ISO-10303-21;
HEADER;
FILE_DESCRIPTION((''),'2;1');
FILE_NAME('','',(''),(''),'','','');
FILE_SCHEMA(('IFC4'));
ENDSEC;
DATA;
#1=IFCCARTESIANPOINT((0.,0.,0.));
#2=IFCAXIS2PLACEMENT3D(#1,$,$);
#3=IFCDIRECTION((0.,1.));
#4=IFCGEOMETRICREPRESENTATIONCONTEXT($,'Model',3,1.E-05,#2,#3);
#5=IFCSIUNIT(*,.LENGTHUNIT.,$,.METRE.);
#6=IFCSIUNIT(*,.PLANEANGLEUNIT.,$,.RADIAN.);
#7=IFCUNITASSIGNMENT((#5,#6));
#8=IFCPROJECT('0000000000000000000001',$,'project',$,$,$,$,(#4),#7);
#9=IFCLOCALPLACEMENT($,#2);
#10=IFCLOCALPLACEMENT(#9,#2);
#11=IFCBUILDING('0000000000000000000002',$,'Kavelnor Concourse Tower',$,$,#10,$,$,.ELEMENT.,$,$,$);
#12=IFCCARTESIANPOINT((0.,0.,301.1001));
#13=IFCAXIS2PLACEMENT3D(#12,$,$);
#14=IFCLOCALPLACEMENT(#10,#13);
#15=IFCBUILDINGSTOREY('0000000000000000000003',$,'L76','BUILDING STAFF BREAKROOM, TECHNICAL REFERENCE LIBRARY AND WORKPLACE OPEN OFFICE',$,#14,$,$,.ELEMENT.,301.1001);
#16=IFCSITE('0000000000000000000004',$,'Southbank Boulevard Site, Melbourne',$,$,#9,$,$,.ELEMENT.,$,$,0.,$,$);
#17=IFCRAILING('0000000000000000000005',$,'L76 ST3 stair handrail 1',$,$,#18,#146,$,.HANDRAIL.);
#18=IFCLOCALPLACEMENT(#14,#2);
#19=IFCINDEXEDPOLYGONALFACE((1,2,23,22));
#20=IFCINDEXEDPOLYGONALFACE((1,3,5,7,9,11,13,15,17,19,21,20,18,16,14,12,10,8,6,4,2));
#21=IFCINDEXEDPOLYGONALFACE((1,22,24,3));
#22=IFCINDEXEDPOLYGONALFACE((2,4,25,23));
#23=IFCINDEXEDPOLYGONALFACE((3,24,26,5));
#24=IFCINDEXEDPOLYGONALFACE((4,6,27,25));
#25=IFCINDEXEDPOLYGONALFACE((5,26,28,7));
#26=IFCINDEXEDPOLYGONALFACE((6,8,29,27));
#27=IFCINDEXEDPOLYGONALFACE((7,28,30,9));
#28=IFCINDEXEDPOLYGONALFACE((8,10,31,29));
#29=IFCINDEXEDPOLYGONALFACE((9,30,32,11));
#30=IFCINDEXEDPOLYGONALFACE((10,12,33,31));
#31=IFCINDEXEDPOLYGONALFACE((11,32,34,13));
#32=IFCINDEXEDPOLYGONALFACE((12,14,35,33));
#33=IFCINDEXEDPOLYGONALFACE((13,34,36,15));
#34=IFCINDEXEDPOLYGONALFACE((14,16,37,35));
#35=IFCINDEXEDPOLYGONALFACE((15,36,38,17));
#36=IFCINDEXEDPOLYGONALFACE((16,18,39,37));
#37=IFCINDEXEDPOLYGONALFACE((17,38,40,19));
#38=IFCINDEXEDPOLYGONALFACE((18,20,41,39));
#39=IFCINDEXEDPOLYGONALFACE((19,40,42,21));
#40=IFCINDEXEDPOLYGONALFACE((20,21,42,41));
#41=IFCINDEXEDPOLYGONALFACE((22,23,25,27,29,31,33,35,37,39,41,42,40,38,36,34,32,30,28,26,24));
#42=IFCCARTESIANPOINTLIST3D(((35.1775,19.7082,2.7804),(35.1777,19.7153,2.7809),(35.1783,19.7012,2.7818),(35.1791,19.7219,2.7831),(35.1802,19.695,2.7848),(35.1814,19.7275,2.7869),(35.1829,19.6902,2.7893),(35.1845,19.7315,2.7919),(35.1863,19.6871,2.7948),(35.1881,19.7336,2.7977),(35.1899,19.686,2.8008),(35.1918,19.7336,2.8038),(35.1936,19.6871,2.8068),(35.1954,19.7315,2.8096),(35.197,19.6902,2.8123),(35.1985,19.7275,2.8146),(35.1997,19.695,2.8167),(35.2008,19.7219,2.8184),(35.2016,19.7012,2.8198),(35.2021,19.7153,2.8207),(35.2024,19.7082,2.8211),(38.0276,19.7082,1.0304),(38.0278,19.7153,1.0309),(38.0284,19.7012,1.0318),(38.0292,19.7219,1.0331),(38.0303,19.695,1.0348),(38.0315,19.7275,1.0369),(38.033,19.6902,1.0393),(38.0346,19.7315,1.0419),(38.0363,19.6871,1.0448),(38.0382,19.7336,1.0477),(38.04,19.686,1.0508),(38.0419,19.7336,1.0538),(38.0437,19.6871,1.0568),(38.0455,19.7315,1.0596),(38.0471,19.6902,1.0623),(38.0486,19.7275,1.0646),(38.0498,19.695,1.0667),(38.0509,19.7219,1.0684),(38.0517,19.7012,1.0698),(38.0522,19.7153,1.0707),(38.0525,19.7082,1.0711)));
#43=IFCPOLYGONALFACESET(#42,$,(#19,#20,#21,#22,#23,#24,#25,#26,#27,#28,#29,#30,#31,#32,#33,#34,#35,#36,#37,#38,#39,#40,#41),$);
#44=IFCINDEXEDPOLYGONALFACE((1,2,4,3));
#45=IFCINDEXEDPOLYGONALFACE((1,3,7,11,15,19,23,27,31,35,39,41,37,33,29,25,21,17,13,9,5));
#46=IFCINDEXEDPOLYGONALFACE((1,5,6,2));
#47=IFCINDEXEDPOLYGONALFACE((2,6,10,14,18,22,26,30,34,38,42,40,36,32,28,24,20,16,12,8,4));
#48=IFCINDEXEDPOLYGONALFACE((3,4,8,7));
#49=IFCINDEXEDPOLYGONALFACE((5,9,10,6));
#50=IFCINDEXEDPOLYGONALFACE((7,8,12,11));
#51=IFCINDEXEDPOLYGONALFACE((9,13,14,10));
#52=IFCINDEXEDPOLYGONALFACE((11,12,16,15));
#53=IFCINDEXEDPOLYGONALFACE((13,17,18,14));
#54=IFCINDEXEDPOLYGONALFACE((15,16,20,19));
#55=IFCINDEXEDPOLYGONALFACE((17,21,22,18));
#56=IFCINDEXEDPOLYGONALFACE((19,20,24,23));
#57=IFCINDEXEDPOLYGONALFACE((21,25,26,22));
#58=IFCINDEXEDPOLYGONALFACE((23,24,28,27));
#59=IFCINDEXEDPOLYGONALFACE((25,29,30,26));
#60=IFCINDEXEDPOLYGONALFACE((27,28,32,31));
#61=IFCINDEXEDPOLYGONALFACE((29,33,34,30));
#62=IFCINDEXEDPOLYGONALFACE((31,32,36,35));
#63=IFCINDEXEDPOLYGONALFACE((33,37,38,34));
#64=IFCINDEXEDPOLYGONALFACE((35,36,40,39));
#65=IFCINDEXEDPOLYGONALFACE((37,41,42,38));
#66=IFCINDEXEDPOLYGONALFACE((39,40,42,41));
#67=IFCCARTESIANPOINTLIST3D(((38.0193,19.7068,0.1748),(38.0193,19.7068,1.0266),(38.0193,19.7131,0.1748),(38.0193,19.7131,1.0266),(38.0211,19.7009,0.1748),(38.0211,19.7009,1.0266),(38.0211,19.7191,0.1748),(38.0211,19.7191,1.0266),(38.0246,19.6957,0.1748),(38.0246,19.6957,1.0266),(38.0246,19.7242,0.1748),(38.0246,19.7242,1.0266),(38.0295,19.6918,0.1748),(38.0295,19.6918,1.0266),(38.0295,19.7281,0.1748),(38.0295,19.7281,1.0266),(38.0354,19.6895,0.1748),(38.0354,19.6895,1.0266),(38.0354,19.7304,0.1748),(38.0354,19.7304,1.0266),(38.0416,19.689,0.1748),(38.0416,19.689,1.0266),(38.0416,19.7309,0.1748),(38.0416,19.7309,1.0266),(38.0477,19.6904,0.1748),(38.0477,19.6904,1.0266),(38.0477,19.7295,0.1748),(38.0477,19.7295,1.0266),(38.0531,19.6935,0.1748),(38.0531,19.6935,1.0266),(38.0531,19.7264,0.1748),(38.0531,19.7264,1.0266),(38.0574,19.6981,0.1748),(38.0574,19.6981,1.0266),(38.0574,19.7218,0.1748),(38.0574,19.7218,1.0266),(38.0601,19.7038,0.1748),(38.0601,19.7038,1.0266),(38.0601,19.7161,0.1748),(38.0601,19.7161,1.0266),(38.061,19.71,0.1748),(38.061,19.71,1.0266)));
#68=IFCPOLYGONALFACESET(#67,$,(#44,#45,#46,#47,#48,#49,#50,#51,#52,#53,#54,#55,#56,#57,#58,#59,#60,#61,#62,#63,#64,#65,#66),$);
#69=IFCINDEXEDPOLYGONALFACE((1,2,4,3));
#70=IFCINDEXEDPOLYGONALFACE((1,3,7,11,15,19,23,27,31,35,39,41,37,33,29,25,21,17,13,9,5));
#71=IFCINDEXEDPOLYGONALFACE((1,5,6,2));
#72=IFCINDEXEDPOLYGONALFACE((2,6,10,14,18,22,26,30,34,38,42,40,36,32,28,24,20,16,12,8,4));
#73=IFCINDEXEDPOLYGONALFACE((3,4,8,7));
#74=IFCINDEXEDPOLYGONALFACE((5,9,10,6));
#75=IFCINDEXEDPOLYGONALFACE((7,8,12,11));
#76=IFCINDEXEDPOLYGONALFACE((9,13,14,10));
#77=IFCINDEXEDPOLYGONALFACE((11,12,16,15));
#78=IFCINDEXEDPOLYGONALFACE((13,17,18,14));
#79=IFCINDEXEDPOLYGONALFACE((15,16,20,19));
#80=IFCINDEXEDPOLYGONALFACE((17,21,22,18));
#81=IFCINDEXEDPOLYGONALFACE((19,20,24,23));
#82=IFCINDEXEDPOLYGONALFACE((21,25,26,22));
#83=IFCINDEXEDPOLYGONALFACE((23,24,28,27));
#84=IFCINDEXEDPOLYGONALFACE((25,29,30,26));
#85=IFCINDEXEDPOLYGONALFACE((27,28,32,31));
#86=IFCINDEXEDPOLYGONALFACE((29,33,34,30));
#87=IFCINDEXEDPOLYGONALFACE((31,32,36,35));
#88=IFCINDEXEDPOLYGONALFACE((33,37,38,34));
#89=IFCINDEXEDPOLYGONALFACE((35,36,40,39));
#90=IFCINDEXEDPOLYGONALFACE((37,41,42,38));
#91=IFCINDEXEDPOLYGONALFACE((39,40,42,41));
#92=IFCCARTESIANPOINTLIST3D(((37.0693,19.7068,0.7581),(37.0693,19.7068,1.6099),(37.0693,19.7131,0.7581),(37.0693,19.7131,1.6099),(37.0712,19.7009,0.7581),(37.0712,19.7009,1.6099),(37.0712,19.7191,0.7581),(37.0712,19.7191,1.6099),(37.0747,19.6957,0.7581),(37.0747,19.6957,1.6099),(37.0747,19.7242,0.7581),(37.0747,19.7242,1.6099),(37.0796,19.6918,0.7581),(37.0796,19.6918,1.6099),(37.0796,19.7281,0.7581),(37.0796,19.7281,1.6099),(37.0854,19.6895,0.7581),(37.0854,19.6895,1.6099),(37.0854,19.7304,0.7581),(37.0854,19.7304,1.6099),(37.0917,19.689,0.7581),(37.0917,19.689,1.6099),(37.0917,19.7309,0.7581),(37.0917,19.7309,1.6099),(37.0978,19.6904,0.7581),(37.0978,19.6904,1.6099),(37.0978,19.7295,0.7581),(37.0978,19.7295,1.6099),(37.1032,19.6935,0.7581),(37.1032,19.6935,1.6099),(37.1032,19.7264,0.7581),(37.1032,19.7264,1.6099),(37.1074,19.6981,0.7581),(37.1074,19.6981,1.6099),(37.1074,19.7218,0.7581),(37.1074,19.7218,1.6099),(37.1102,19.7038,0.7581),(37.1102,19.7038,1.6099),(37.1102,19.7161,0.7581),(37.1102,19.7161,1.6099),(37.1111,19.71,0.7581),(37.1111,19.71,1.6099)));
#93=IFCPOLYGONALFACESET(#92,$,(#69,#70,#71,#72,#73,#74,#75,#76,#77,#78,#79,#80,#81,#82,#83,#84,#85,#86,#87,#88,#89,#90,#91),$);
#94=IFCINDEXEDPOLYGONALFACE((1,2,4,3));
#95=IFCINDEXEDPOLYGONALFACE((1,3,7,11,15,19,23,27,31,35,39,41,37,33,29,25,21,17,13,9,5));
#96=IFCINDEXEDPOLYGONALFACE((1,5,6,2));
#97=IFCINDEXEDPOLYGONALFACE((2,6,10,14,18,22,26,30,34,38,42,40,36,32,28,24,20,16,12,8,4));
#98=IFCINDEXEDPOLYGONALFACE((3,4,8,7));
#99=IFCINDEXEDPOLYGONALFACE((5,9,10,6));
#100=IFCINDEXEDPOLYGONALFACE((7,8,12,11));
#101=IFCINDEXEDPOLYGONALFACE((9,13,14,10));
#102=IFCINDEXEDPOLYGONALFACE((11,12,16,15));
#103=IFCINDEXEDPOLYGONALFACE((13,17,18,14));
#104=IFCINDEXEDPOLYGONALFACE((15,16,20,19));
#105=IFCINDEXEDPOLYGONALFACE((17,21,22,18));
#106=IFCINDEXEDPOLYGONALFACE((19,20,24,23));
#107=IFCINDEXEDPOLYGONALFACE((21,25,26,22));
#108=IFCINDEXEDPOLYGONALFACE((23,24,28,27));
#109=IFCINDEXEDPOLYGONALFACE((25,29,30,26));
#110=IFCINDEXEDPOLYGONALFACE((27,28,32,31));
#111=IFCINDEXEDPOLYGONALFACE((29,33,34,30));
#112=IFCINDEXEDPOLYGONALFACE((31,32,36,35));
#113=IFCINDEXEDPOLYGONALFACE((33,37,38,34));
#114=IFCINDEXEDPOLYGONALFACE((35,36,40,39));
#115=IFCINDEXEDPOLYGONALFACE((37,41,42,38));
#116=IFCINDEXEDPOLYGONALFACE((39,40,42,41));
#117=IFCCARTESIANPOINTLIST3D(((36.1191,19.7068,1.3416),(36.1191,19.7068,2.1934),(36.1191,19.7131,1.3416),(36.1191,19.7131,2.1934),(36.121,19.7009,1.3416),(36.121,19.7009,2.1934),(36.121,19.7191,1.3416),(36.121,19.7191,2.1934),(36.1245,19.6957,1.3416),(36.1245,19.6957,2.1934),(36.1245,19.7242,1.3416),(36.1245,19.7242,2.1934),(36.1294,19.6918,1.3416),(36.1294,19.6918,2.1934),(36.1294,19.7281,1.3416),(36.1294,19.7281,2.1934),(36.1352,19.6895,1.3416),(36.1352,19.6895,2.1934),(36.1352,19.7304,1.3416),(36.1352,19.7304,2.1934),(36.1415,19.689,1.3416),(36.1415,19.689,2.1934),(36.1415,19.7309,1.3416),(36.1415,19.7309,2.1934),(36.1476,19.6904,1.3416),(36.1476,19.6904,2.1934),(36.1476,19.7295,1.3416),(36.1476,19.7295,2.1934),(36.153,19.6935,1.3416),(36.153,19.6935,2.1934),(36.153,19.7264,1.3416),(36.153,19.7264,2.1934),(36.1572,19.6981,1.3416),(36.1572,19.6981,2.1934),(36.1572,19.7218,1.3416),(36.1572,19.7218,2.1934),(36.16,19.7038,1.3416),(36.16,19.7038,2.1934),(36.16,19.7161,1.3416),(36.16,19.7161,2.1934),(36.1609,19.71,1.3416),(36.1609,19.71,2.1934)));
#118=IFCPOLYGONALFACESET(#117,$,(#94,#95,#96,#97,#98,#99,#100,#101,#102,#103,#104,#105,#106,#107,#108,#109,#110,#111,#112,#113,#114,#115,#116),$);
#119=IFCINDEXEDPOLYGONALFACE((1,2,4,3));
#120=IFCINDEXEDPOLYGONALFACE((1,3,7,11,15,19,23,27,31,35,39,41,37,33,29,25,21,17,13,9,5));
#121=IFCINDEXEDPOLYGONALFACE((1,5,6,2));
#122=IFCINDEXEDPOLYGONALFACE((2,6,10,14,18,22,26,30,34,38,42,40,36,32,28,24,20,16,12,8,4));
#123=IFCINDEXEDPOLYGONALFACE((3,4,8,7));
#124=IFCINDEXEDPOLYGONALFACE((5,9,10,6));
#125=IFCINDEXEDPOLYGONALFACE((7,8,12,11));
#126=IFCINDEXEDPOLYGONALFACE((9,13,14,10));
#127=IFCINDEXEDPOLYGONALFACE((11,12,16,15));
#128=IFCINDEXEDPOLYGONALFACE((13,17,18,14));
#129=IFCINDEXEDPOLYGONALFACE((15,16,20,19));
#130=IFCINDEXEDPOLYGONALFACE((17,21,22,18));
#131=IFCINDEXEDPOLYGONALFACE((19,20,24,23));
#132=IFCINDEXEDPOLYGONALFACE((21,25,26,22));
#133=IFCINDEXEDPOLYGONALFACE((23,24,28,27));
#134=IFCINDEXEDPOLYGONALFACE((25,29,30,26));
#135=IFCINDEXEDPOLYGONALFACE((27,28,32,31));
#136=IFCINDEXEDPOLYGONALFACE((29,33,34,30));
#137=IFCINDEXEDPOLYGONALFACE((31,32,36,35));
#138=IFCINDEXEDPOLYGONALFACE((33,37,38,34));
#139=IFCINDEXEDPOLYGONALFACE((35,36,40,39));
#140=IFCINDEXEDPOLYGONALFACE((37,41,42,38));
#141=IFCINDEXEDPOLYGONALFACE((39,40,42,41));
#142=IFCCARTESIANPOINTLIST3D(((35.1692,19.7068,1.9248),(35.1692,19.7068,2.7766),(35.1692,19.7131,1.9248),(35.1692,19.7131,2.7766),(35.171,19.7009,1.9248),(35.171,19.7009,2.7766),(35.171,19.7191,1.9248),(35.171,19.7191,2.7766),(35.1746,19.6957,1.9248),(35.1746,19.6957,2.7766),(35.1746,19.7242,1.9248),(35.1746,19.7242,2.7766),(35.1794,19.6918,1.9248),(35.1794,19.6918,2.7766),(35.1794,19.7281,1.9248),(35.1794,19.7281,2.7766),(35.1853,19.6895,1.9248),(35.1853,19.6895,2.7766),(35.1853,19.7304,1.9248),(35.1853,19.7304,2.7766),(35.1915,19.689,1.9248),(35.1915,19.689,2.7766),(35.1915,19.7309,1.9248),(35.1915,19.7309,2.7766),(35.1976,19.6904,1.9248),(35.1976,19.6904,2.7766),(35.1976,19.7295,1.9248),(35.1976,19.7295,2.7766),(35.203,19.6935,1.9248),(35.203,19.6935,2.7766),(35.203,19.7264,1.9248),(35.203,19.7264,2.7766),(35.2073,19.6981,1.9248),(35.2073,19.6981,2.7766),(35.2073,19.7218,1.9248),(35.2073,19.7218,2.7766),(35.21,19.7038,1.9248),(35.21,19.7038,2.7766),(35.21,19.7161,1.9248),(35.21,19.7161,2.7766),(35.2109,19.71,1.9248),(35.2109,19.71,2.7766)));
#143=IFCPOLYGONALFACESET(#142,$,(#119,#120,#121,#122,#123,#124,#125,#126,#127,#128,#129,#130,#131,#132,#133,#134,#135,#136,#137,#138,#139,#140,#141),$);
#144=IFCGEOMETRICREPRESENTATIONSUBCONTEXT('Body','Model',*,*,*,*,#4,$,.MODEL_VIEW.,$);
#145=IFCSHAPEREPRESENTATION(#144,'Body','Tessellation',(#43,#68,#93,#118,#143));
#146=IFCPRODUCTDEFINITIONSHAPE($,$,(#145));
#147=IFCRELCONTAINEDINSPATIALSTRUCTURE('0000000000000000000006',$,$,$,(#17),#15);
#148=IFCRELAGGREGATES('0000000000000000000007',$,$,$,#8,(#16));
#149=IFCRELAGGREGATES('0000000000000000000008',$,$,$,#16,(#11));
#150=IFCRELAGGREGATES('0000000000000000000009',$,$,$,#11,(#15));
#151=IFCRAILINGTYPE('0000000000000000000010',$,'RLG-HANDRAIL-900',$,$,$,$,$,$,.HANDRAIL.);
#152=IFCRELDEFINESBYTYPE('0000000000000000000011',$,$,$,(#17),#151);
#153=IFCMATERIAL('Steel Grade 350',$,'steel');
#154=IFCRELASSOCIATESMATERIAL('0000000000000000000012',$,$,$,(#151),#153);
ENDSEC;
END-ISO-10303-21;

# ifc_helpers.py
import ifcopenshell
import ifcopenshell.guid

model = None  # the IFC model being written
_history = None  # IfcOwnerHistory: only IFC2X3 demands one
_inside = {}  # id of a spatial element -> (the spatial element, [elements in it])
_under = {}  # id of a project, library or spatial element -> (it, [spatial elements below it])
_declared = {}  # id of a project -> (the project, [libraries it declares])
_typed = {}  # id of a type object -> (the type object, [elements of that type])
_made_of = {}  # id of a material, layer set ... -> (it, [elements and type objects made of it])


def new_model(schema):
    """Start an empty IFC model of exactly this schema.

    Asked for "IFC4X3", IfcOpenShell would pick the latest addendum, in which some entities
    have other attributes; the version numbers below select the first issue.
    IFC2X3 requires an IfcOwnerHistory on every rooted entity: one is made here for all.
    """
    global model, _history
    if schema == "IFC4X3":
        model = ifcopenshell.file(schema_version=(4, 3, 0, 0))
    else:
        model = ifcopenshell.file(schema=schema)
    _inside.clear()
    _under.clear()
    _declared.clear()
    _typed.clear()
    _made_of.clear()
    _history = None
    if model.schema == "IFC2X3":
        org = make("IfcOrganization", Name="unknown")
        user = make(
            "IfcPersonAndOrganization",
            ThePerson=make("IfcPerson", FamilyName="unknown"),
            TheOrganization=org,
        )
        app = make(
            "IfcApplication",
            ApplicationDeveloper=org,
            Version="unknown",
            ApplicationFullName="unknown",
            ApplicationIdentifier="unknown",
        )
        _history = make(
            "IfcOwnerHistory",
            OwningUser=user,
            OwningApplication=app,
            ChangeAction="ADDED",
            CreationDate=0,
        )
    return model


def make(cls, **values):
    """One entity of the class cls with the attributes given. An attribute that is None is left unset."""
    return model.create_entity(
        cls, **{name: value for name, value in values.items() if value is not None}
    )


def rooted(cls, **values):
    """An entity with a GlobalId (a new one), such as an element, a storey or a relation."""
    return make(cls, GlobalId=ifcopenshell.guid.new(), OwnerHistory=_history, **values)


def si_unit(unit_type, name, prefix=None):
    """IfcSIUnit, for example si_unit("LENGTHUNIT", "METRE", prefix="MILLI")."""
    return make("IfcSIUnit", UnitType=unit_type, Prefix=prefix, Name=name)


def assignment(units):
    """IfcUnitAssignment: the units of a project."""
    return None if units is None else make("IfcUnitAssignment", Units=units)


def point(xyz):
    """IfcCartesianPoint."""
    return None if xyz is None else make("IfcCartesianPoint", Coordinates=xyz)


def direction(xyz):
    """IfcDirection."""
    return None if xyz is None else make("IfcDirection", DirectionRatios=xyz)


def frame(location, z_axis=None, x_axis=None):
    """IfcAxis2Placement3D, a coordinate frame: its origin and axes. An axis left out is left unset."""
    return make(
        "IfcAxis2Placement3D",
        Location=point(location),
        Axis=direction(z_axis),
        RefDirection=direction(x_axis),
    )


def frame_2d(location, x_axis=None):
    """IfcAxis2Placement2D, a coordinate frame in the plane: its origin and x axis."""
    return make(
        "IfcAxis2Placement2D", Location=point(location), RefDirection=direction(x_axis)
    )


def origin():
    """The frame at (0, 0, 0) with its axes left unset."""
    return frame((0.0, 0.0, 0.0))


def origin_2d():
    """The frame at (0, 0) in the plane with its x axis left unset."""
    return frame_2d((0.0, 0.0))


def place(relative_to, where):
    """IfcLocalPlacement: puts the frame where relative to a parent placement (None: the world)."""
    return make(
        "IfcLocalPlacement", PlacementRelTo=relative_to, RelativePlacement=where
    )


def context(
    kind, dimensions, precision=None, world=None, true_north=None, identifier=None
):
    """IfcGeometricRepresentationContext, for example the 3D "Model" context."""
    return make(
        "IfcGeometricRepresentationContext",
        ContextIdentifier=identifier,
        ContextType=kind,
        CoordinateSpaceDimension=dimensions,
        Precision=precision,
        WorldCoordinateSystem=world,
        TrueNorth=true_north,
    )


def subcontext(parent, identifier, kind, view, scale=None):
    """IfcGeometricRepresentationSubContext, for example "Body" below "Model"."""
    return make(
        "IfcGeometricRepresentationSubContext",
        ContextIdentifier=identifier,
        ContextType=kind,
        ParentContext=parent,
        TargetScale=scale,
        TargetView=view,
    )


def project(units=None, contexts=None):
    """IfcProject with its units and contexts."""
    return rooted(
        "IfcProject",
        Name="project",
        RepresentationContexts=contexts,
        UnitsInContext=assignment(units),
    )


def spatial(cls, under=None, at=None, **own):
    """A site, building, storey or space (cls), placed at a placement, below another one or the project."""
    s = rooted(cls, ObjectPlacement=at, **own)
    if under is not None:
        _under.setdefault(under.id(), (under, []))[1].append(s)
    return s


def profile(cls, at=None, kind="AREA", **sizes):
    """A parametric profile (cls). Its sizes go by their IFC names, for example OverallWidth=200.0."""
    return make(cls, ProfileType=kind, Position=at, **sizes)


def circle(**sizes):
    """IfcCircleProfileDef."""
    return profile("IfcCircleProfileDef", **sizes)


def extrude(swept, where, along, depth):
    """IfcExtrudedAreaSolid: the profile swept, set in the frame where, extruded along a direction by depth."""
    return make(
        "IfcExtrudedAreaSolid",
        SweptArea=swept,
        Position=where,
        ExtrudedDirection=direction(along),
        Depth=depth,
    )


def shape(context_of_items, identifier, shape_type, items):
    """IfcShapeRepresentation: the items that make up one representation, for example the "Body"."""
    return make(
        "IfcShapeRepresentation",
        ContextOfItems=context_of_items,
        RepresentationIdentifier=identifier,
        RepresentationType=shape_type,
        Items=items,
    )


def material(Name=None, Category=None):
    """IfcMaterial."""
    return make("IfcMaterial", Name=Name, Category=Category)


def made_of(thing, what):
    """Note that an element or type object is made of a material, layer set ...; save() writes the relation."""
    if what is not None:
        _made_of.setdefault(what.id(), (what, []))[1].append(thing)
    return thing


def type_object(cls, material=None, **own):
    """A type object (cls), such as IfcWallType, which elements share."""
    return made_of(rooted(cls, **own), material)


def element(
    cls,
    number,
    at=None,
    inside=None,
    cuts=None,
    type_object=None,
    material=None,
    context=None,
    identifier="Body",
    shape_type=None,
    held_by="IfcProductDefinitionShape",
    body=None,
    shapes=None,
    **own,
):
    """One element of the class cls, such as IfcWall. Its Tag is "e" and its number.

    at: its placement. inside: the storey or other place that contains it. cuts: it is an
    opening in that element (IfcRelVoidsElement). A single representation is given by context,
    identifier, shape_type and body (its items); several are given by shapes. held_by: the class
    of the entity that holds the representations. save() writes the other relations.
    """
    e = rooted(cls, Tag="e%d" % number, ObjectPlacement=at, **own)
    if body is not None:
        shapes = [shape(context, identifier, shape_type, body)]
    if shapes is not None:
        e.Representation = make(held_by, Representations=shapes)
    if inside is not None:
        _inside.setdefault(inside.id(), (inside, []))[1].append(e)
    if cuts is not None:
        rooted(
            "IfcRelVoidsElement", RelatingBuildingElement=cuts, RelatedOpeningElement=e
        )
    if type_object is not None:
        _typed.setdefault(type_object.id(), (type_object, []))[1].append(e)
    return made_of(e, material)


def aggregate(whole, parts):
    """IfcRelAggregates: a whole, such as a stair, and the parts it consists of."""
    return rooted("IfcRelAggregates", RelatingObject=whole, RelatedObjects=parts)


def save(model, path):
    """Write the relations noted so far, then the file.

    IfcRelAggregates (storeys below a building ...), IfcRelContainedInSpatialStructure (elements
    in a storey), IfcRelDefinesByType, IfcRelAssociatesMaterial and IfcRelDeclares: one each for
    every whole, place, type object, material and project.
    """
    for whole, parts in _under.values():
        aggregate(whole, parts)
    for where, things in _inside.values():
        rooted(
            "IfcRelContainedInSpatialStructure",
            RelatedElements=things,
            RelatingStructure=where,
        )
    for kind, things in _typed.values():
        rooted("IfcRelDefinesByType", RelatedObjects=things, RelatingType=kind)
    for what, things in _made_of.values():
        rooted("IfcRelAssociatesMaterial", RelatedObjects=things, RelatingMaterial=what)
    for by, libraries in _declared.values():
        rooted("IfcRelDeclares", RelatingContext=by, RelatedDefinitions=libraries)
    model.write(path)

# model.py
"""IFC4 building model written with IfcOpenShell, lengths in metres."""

from ifc_helpers import new_model, si_unit, direction, frame, origin, origin_2d, place, context, subcontext, project, spatial, circle, extrude, material, type_object, element, save


model = new_model("IFC4")

# Units and contexts
model_context = context("Model", 3, precision=1e-05, world=origin(), true_north=direction((0.0, 1.0)))
body_context = subcontext(model_context, "Body", "Model", "MODEL_VIEW")
ifc_project = project(units=[si_unit("LENGTHUNIT", "METRE"), si_unit("PLANEANGLEUNIT", "RADIAN")], contexts=[model_context])

# Site, building, storey
site_placement = place(None, origin())
site = spatial("IfcSite", under=ifc_project, at=site_placement, Name="Southbank Boulevard Site, Melbourne", CompositionType="ELEMENT", RefElevation=0.0)
building_placement = place(site_placement, origin())
building = spatial("IfcBuilding", under=site, at=building_placement, Name="Kavelnor Concourse Tower", CompositionType="ELEMENT")
storey_placement = place(building_placement, frame((0.0, 0.0, 301.1001)))
storey = spatial("IfcBuildingStorey", under=building, at=storey_placement, Name="L76", Description="BUILDING STAFF BREAKROOM, TECHNICAL REFERENCE LIBRARY AND WORKPLACE OPEN OFFICE", CompositionType="ELEMENT", Elevation=301.1001)

# Shared definitions
ifc_material_1 = material(Name="Steel Grade 350", Category="steel")

# Railing
railing_type_1 = type_object("IfcRailingType", Name="RLG-HANDRAIL-900", PredefinedType="HANDRAIL", material=ifc_material_1)
railing_1_placement = place(storey_placement, frame((38.04, 19.71, 0.1748)))
element("IfcRailing", 1, at=railing_1_placement, inside=storey, type_object=railing_type_1, Name="L76 ST3 stair handrail 1", PredefinedType="HANDRAIL", context=body_context, shape_type="SweptSolid", body=[
    extrude(circle(Radius=0.0239, at=origin_2d()), frame((0.0, 0.0, 0.876), z_axis=(-0.852179, 0.0, 0.52325), x_axis=(0.0, -1.0, 0.0)), (0.0, 0.0, 1.0), 3.3445),
    extrude(circle(Radius=0.021, at=origin_2d()), origin(), (0.0, 0.0, 1.0), 0.8518),
    extrude(circle(Radius=0.021, at=origin_2d()), frame((-0.95, 0.0, 0.5833)), (0.0, 0.0, 1.0), 0.8518),
    extrude(circle(Radius=0.021, at=origin_2d()), frame((-1.9001, 0.0, 1.1667)), (0.0, 0.0, 1.0), 0.8518),
    extrude(circle(Radius=0.021, at=origin_2d()), frame((-2.8501, 0.0, 1.75)), (0.0, 0.0, 1.0), 0.8518),
])

save(model, "model.ifc")
